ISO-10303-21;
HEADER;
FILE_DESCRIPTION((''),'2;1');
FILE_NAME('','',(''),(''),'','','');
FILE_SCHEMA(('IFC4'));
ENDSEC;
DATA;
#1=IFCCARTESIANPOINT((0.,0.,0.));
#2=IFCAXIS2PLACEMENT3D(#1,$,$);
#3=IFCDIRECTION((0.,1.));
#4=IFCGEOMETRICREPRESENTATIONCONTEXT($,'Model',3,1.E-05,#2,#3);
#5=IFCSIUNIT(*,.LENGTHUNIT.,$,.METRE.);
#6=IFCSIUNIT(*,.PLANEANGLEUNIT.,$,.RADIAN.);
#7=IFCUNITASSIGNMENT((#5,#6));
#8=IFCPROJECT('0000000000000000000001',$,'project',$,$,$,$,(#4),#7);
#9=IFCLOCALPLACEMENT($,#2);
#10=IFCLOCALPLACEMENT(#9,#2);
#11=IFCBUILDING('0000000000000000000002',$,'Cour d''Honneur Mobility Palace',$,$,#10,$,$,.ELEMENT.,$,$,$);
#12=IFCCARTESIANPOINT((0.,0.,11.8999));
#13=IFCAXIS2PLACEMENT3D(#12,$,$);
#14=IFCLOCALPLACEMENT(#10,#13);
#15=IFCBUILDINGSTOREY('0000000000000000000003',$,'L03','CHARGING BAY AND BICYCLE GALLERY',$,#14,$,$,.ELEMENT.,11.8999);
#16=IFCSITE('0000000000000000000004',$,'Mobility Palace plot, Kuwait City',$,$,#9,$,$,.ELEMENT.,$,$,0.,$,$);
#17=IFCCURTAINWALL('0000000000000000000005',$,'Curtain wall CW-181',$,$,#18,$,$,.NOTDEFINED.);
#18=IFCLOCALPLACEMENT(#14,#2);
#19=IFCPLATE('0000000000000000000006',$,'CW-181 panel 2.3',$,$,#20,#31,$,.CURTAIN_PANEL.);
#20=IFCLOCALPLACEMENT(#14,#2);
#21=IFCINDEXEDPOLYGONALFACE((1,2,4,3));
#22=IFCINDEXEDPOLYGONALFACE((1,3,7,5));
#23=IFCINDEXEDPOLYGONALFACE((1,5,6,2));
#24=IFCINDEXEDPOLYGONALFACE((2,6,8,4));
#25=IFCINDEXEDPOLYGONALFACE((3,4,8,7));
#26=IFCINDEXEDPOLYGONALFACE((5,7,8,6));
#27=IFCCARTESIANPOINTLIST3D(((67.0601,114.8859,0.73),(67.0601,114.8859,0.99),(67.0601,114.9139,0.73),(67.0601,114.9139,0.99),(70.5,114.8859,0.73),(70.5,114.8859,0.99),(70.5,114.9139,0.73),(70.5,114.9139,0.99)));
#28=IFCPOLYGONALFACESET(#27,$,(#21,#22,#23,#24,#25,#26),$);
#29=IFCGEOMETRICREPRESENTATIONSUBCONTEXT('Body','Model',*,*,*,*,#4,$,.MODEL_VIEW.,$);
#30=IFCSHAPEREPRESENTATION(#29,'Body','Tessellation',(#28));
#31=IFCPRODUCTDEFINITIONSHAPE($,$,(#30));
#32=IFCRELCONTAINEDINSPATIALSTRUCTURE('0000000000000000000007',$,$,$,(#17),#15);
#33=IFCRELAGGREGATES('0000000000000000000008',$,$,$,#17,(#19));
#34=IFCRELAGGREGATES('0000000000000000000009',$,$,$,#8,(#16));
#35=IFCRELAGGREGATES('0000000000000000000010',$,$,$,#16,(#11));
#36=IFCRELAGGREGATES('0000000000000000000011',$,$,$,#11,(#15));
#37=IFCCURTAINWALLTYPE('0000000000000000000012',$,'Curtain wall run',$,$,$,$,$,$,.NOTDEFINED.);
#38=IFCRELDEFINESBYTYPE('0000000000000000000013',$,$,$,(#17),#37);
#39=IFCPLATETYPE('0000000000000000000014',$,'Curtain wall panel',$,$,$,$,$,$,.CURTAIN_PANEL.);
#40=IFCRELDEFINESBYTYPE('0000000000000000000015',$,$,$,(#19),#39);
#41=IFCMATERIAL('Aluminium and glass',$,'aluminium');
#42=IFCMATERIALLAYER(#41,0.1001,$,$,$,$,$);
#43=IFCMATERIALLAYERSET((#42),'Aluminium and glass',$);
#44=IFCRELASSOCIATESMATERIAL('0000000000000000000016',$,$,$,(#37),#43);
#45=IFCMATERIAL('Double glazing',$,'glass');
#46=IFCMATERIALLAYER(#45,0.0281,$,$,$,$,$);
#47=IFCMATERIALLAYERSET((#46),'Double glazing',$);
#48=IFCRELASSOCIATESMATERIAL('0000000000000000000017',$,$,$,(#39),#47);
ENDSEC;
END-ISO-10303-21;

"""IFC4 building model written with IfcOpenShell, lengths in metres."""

from ifc_helpers import new_model, si_unit, direction, frame, origin, origin_2d, place, context, subcontext, project, spatial, rectangle, extrude, material, layer, layer_set, type_object, element, aggregate, save


model = new_model("IFC4")

# Units and contexts
model_context = context("Model", 3, precision=1e-05, world=origin(), true_north=direction((0.0, 1.0)))
body_context = subcontext(model_context, "Body", "Model", "MODEL_VIEW")
ifc_project = project(units=[si_unit("LENGTHUNIT", "METRE"), si_unit("PLANEANGLEUNIT", "RADIAN")], contexts=[model_context])

# Site, building, storey
site_placement = place(None, origin())
site = spatial("IfcSite", under=ifc_project, at=site_placement, Name="Mobility Palace plot, Kuwait City", CompositionType="ELEMENT", RefElevation=0.0)
building_placement = place(site_placement, origin())
building = spatial("IfcBuilding", under=site, at=building_placement, Name="Cour d'Honneur Mobility Palace", CompositionType="ELEMENT")
storey_placement = place(building_placement, frame((0.0, 0.0, 11.8999)))
storey = spatial("IfcBuildingStorey", under=building, at=storey_placement, Name="L03", Description="CHARGING BAY AND BICYCLE GALLERY", CompositionType="ELEMENT", Elevation=11.8999)

# Curtain wall
ifc_material_1 = material(Name="Aluminium and glass", Category="aluminium")
ifc_layer_1 = layer(ifc_material_1, 0.1001)
ifc_layer_set_1 = layer_set([ifc_layer_1], Name="Aluminium and glass")
curtain_wall_type = type_object("IfcCurtainWallType", Name="Curtain wall run", PredefinedType="NOTDEFINED", material=ifc_layer_set_1)
curtain_wall_1_placement = place(storey_placement, origin())
curtain_wall_1 = element("IfcCurtainWall", 1, at=curtain_wall_1_placement, inside=storey, type_object=curtain_wall_type, Name="Curtain wall CW-181", PredefinedType="NOTDEFINED")

# Plate
ifc_material_2 = material(Name="Double glazing", Category="glass")
ifc_layer_2 = layer(ifc_material_2, 0.0281)
ifc_layer_set_2 = layer_set([ifc_layer_2], Name="Double glazing")
plate_type = type_object("IfcPlateType", Name="Curtain wall panel", PredefinedType="CURTAIN_PANEL", material=ifc_layer_set_2)
plate_1_placement = place(storey_placement, frame((68.78, 114.8999, 0.73), z_axis=(0.0, 0.0, 1.0), x_axis=(1.0, 0.0, 0.0)))
plate_1 = element("IfcPlate", 2, at=plate_1_placement, type_object=plate_type, Name="CW-181 panel 2.3", PredefinedType="CURTAIN_PANEL", context=body_context, shape_type="SweptSolid", body=[
    extrude(rectangle(XDim=3.4399, YDim=0.0281, at=origin_2d()), origin(), (0.0, 0.0, 1.0), 0.26),
])
aggregate(curtain_wall_1, [plate_1])

save(model, "model.ifc")
